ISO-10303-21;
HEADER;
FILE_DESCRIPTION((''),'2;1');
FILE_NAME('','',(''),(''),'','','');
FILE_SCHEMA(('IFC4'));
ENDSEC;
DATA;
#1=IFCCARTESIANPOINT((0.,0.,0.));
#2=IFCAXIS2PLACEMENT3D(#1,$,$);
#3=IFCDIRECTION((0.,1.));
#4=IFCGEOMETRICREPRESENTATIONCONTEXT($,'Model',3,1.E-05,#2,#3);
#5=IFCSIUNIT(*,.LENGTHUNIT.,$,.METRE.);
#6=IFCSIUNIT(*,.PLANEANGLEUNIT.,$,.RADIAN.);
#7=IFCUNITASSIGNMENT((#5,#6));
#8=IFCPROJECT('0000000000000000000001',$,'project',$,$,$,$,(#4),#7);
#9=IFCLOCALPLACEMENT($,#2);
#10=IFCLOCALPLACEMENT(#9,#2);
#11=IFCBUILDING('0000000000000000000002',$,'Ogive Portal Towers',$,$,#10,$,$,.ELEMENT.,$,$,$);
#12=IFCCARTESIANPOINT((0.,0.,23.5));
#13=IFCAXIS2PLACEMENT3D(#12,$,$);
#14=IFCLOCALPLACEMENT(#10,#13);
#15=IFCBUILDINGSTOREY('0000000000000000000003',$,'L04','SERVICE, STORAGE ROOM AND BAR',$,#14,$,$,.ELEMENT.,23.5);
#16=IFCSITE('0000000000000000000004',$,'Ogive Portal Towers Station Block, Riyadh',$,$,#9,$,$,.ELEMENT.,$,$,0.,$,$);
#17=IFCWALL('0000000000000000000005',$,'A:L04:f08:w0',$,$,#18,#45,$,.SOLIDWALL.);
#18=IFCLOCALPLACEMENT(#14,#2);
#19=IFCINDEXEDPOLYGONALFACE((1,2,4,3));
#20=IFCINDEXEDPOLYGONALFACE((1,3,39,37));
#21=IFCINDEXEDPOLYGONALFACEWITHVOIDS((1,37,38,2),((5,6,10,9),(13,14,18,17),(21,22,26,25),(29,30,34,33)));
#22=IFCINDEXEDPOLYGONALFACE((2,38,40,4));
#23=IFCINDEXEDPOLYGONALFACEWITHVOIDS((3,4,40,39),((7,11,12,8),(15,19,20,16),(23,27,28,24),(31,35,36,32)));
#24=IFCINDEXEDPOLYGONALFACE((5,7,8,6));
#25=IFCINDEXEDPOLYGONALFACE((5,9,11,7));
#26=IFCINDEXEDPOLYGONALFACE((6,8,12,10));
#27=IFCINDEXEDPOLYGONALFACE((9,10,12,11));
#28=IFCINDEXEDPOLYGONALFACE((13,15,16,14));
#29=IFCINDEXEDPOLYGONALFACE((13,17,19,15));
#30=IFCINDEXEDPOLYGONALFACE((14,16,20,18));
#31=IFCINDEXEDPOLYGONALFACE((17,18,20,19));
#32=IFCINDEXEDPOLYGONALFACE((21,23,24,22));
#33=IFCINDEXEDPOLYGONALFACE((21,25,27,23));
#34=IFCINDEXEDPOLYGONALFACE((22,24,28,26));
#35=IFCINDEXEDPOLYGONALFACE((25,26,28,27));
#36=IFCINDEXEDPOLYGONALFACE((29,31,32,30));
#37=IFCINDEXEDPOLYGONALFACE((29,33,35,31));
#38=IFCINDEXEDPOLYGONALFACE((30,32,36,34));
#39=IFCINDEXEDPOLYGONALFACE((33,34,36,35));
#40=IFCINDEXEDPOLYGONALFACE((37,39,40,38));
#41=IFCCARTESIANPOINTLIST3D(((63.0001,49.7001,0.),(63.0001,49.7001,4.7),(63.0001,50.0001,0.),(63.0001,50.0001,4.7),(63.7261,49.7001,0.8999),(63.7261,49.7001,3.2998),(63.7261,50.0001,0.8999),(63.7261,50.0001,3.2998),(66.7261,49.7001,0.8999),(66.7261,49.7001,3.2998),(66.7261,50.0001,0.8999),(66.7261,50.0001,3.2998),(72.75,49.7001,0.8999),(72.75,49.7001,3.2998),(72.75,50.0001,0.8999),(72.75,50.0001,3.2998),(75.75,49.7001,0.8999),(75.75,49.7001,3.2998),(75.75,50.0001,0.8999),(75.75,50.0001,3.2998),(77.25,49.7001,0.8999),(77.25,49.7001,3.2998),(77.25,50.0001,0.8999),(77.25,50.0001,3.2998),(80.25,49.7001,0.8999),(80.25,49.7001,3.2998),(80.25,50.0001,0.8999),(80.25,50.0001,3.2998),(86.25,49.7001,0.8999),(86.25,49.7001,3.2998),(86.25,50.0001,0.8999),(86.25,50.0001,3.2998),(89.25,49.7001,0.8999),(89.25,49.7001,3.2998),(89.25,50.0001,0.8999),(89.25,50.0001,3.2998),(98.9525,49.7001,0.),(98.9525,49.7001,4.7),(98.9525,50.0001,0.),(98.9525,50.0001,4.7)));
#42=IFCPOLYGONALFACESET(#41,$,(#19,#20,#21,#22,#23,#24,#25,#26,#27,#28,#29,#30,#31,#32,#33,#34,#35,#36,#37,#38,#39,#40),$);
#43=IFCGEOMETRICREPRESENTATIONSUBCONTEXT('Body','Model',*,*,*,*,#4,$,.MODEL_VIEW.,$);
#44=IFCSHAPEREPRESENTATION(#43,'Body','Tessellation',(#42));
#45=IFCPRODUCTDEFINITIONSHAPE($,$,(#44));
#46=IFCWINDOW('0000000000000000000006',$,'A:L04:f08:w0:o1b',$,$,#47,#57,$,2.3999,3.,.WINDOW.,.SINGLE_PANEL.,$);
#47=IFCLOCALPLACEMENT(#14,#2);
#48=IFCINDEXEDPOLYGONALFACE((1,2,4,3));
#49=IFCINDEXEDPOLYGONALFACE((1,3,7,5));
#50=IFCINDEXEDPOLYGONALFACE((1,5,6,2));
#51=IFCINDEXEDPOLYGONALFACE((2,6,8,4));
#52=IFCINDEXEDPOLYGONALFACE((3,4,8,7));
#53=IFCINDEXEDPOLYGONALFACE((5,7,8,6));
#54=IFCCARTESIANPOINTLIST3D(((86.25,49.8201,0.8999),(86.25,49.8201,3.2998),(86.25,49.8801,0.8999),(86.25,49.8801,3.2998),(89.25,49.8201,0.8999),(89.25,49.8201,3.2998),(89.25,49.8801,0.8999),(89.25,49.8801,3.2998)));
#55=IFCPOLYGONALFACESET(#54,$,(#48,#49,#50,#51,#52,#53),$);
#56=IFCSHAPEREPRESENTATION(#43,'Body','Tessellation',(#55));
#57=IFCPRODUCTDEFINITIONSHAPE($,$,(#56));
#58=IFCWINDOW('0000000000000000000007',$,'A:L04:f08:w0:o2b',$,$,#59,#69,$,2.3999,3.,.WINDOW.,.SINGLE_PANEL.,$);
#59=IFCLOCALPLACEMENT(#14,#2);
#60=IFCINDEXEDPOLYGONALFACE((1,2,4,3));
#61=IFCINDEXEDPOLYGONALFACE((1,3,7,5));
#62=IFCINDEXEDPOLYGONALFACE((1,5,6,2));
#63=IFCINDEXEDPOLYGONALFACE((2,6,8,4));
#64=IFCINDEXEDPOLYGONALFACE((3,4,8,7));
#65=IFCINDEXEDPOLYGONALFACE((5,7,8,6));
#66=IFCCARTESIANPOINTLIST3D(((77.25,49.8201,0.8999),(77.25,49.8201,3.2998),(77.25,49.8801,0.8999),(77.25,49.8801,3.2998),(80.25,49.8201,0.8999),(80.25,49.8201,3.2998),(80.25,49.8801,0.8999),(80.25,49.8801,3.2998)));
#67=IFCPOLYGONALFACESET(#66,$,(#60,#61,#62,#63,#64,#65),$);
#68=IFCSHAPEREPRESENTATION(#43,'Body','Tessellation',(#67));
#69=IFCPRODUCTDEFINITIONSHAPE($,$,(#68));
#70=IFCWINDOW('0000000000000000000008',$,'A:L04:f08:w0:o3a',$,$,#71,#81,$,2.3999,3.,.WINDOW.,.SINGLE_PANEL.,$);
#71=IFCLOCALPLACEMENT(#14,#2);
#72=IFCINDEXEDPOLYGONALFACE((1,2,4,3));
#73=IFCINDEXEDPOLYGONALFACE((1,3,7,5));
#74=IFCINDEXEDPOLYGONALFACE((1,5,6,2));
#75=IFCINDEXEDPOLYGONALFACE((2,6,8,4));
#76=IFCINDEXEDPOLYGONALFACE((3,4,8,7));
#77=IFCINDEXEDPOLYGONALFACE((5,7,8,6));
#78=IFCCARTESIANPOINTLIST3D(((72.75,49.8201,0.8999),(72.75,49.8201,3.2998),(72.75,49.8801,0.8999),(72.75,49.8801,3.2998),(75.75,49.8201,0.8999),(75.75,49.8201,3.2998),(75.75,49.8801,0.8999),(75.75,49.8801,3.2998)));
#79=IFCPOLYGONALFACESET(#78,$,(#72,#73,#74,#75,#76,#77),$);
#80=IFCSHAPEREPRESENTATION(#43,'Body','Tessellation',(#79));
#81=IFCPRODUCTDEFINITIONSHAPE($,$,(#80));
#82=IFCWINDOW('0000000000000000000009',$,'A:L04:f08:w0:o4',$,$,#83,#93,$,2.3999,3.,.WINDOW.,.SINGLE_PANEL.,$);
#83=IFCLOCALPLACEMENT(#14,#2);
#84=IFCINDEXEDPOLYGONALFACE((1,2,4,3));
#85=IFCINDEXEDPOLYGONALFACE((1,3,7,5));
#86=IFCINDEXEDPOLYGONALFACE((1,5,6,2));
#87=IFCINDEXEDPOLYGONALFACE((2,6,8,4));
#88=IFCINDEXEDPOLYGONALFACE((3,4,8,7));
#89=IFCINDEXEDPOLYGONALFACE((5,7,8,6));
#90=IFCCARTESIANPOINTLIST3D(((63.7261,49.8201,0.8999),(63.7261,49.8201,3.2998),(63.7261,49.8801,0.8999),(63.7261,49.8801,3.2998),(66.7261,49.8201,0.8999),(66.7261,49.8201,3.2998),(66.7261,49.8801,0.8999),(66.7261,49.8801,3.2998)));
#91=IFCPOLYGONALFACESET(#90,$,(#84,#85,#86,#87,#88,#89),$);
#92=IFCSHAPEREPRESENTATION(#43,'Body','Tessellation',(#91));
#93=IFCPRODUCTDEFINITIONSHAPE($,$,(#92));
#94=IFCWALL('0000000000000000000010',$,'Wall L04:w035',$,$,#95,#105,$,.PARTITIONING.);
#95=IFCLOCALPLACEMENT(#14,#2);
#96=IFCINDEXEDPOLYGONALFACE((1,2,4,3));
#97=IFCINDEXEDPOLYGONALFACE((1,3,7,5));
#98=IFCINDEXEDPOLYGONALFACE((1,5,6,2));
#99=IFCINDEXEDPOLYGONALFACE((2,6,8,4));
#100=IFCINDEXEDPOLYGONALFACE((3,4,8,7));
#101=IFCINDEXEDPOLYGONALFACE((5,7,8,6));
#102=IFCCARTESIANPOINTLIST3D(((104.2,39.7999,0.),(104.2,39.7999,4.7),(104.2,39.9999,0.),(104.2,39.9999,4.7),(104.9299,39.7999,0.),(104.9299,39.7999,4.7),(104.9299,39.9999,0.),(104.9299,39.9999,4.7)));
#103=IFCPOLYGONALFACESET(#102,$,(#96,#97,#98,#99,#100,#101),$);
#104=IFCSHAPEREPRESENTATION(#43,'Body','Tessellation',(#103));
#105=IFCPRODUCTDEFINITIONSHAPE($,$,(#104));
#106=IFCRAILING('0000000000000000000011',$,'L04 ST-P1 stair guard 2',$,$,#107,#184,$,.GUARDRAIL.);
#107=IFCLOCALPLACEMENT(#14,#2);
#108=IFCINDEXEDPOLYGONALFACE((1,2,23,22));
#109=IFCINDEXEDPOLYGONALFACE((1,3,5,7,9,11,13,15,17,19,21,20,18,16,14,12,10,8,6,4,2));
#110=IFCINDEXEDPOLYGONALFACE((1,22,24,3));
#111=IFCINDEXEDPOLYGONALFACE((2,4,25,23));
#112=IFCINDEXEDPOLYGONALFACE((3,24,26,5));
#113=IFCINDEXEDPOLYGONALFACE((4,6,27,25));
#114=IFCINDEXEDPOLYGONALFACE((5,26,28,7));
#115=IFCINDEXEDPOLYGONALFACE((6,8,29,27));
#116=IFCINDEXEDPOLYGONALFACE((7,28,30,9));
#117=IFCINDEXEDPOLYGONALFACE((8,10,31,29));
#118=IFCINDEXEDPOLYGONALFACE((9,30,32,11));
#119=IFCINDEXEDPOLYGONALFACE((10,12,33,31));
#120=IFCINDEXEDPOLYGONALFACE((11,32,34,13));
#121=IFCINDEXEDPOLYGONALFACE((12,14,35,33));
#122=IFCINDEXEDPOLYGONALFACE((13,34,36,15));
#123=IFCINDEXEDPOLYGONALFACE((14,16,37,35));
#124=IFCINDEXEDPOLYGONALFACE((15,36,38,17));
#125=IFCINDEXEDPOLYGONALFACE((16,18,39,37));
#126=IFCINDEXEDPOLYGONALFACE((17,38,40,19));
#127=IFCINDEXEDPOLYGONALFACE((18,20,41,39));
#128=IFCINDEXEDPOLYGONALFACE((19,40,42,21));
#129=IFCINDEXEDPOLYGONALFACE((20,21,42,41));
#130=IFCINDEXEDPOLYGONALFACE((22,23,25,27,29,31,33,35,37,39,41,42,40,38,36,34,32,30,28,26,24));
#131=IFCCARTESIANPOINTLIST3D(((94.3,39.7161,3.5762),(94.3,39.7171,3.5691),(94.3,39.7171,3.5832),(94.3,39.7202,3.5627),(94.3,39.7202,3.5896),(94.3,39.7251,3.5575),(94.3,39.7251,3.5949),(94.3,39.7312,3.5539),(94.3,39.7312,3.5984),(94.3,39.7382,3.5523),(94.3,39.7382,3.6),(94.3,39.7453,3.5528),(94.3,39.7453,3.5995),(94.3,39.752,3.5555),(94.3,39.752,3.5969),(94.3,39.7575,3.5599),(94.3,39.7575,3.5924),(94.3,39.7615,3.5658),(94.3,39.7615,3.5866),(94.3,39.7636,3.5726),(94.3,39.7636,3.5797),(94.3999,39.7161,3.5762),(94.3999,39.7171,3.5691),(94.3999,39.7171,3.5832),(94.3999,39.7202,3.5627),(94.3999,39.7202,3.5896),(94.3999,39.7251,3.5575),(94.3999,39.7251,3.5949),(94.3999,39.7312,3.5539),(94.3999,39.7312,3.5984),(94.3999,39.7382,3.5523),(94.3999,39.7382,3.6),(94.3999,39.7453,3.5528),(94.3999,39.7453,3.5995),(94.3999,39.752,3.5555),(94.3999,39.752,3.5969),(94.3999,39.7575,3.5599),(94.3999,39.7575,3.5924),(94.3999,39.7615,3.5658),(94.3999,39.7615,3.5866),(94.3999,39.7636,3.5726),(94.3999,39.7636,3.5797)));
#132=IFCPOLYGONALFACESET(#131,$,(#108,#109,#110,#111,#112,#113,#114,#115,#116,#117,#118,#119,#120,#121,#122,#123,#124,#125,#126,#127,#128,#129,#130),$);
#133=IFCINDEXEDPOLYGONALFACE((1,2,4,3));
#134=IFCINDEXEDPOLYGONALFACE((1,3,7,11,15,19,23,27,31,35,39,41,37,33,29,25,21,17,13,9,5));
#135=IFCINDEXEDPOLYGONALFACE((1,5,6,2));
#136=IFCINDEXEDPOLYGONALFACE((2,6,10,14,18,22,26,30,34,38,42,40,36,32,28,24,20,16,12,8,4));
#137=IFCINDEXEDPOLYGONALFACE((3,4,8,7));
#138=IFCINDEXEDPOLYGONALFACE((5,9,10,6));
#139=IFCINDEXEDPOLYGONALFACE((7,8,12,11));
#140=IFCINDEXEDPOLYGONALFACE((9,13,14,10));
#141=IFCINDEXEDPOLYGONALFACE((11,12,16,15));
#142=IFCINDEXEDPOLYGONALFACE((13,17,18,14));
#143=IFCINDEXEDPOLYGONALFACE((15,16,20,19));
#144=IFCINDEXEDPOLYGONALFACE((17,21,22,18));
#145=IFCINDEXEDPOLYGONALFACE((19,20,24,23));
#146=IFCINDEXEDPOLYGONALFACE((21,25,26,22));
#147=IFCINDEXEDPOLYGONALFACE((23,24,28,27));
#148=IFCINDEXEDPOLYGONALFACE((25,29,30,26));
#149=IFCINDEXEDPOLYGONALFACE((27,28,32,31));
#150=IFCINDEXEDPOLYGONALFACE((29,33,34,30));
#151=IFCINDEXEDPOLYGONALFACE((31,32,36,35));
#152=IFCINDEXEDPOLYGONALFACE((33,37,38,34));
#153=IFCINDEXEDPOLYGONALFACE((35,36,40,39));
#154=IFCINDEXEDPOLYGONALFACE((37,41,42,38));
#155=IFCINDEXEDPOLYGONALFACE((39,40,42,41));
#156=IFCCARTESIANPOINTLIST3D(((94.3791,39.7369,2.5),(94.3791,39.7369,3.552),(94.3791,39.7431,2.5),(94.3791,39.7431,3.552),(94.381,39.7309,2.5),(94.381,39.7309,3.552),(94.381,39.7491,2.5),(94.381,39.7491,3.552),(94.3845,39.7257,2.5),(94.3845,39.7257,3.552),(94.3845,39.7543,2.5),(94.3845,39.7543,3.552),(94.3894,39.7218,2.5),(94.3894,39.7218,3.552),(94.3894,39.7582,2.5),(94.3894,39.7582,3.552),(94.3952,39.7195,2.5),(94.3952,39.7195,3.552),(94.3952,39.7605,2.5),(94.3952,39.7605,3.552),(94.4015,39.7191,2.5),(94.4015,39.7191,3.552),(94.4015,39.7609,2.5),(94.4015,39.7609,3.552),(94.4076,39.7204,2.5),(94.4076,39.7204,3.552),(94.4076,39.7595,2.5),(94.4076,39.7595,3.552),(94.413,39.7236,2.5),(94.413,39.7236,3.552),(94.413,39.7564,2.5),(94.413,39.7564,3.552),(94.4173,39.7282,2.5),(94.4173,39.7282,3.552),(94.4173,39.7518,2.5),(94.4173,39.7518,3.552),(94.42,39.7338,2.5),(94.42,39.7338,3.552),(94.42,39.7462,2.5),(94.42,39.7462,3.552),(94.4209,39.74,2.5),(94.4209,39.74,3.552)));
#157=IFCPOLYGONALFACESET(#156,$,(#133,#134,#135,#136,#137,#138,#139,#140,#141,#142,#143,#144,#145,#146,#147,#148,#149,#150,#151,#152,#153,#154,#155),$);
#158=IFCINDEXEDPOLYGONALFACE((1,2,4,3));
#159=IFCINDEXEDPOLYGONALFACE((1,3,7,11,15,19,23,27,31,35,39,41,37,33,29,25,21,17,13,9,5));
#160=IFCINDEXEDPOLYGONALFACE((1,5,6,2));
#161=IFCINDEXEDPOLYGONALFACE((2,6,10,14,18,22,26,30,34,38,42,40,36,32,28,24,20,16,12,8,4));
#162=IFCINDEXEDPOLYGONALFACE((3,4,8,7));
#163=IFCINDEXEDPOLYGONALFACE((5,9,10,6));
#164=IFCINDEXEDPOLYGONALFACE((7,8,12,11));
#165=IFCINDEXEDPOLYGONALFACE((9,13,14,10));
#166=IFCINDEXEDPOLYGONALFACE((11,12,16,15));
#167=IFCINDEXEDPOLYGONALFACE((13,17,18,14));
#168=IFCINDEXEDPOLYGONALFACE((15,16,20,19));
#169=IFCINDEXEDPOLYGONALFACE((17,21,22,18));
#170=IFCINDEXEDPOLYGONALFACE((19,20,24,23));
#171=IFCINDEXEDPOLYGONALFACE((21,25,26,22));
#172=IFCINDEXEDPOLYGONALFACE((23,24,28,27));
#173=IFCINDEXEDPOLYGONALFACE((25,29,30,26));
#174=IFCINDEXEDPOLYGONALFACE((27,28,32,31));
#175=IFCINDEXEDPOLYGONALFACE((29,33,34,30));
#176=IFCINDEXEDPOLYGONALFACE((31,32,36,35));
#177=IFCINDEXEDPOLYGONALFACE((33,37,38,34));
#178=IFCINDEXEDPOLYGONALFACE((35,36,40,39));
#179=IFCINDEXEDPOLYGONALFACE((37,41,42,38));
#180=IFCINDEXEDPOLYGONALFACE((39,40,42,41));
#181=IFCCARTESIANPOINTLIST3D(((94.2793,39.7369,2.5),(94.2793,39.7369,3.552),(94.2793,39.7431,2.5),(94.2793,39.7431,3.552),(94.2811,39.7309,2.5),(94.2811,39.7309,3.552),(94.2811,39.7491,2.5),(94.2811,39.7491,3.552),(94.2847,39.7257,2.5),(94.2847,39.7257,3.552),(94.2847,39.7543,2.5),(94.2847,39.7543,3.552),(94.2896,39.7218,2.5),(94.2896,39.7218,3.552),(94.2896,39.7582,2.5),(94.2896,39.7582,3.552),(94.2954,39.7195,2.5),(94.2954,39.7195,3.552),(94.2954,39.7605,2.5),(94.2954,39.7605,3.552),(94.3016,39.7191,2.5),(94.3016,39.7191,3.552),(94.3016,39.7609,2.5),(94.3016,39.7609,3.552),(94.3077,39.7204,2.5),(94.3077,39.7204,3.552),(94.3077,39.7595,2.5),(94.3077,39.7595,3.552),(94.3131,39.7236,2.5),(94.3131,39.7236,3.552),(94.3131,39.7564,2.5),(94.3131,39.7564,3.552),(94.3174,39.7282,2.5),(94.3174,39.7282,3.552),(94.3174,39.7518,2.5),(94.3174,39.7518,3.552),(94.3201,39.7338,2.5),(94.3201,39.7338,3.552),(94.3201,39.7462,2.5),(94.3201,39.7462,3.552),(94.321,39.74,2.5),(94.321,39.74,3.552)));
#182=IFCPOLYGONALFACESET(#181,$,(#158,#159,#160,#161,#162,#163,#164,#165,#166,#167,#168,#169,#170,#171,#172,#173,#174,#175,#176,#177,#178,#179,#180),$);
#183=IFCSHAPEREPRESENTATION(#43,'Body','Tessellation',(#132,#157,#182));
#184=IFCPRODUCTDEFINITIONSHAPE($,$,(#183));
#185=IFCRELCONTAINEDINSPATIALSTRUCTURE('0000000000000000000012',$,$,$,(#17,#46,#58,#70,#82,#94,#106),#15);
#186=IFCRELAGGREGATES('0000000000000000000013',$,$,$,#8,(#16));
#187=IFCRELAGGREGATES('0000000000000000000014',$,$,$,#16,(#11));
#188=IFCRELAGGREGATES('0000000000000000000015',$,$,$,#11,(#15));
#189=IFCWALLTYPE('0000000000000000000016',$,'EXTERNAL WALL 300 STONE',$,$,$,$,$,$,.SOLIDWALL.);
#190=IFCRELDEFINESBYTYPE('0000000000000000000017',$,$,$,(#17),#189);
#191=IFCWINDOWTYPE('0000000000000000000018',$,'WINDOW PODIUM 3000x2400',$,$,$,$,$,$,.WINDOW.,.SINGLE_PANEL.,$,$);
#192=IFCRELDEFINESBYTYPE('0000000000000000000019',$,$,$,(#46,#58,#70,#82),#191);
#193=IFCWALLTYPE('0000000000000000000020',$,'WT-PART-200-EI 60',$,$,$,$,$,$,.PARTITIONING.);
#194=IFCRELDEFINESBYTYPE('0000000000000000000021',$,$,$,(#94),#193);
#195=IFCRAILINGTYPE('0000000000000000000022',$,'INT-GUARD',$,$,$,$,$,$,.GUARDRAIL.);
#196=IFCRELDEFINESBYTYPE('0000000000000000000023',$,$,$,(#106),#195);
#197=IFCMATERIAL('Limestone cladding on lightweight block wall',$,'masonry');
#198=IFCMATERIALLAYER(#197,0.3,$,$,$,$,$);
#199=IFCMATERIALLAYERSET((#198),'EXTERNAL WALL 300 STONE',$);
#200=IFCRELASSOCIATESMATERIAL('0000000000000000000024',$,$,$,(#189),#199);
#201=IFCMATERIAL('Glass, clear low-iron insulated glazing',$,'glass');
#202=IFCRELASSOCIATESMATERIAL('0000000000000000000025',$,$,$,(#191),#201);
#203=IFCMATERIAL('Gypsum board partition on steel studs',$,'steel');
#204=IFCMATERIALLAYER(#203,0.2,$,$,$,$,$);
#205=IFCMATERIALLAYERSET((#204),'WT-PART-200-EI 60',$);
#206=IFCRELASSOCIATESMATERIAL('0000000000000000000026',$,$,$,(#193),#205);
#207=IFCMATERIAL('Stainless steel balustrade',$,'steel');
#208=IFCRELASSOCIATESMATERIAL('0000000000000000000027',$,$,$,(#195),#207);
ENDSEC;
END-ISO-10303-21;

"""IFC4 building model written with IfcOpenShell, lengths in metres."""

from ifc_helpers import new_model, si_unit, direction, frame, frame_2d, origin, origin_2d, place, context, subcontext, project, spatial, rectangle, circle, extrude, material, layer, layer_set, type_object, element, fill, save


model = new_model("IFC4")

# Units and contexts
model_context = context("Model", 3, precision=1e-05, world=origin(), true_north=direction((0.0, 1.0)))
body_context = subcontext(model_context, "Body", "Model", "MODEL_VIEW")
ifc_project = project(units=[si_unit("LENGTHUNIT", "METRE"), si_unit("PLANEANGLEUNIT", "RADIAN")], contexts=[model_context])

# Site, building, storey
site_placement = place(None, origin())
site = spatial("IfcSite", under=ifc_project, at=site_placement, Name="Ogive Portal Towers Station Block, Riyadh", CompositionType="ELEMENT", RefElevation=0.0)
building_placement = place(site_placement, origin())
building = spatial("IfcBuilding", under=site, at=building_placement, Name="Ogive Portal Towers", CompositionType="ELEMENT")
storey_placement = place(building_placement, frame((0.0, 0.0, 23.5)))
storey = spatial("IfcBuildingStorey", under=building, at=storey_placement, Name="L04", Description="SERVICE, STORAGE ROOM AND BAR", CompositionType="ELEMENT", Elevation=23.5)

# Shared definitions
ifc_material_1 = material(Name="Limestone cladding on lightweight block wall", Category="masonry")
ifc_layer_1 = layer(ifc_material_1, 0.3)
ifc_layer_set_1 = layer_set([ifc_layer_1], Name="EXTERNAL WALL 300 STONE")
wall_type_1 = type_object("IfcWallType", Name="EXTERNAL WALL 300 STONE", PredefinedType="SOLIDWALL", material=ifc_layer_set_1)
ifc_material_2 = material(Name="Glass, clear low-iron insulated glazing", Category="glass")
window_type = type_object("IfcWindowType", Name="WINDOW PODIUM 3000x2400", PartitioningType="SINGLE_PANEL", PredefinedType="WINDOW", material=ifc_material_2)

# Wall, openings, windows
wall_1_placement = place(storey_placement, frame((98.9524, 49.8501, 0.0), z_axis=(0.0, 0.0, 1.0), x_axis=(-1.0, 0.0, 0.0)))
wall_1 = element("IfcWall", 1, at=wall_1_placement, inside=storey, type_object=wall_type_1, Name="A:L04:f08:w0", PredefinedType="SOLIDWALL", context=body_context, shape_type="SweptSolid", body=[
    extrude(rectangle(XDim=35.9524, YDim=0.3, at=frame_2d((17.9761, 0.0))), origin(), (0.0, 0.0, 1.0), 4.7),
])
opening_1_placement = place(wall_1_placement, frame((9.7024, 0.0, 0.8999)))
opening_1 = element("IfcOpeningElement", 2, at=opening_1_placement, cuts=wall_1, PredefinedType="OPENING", context=body_context, shape_type="SweptSolid", body=[
    extrude(rectangle(XDim=3.0, YDim=2.3999, at=frame_2d((1.5, 1.2))), frame((0.0, 0.1602, 0.0), z_axis=(0.0, -1.0, 0.0), x_axis=(1.0, 0.0, 0.0)), (0.0, 0.0, 1.0), 0.3201),
])
opening_2_placement = place(wall_1_placement, frame((18.7024, 0.0, 0.8999)))
opening_2 = element("IfcOpeningElement", 3, at=opening_2_placement, cuts=wall_1, PredefinedType="OPENING", context=body_context, shape_type="SweptSolid", body=[
    extrude(rectangle(XDim=3.0, YDim=2.3999, at=frame_2d((1.5, 1.2))), frame((0.0, 0.1602, 0.0), z_axis=(0.0, -1.0, 0.0), x_axis=(1.0, 0.0, 0.0)), (0.0, 0.0, 1.0), 0.3201),
])
opening_3_placement = place(wall_1_placement, frame((23.2024, 0.0, 0.8999)))
opening_3 = element("IfcOpeningElement", 4, at=opening_3_placement, cuts=wall_1, PredefinedType="OPENING", context=body_context, shape_type="SweptSolid", body=[
    extrude(rectangle(XDim=3.0, YDim=2.3999, at=frame_2d((1.5, 1.2))), frame((0.0, 0.1602, 0.0), z_axis=(0.0, -1.0, 0.0), x_axis=(1.0, 0.0, 0.0)), (0.0, 0.0, 1.0), 0.3201),
])
opening_4_placement = place(wall_1_placement, frame((32.2263, 0.0, 0.8999)))
opening_4 = element("IfcOpeningElement", 5, at=opening_4_placement, cuts=wall_1, PredefinedType="OPENING", context=body_context, shape_type="SweptSolid", body=[
    extrude(rectangle(XDim=3.0, YDim=2.3999, at=frame_2d((1.5, 1.2))), frame((0.0, 0.1602, 0.0), z_axis=(0.0, -1.0, 0.0), x_axis=(1.0, 0.0, 0.0)), (0.0, 0.0, 1.0), 0.3201),
])
window_1_placement = place(opening_1_placement, origin())
window_1 = element("IfcWindow", 6, at=window_1_placement, inside=storey, type_object=window_type, Name="A:L04:f08:w0:o1b", OverallHeight=2.3999, OverallWidth=3.0, PartitioningType="SINGLE_PANEL", PredefinedType="WINDOW", context=body_context, shape_type="SweptSolid", body=[
    extrude(rectangle(XDim=3.0, YDim=2.3999, at=frame_2d((1.5, 1.2))), frame((0.0, 0.03, 0.0), z_axis=(0.0, -1.0, 0.0), x_axis=(1.0, 0.0, 0.0)), (0.0, 0.0, 1.0), 0.0601),
])
fill(opening_1, window_1)
window_2_placement = place(opening_2_placement, origin())
window_2 = element("IfcWindow", 7, at=window_2_placement, inside=storey, type_object=window_type, Name="A:L04:f08:w0:o2b", OverallHeight=2.3999, OverallWidth=3.0, PartitioningType="SINGLE_PANEL", PredefinedType="WINDOW", context=body_context, shape_type="SweptSolid", body=[
    extrude(rectangle(XDim=3.0, YDim=2.3999, at=frame_2d((1.5, 1.2))), frame((0.0, 0.03, 0.0), z_axis=(0.0, -1.0, 0.0), x_axis=(1.0, 0.0, 0.0)), (0.0, 0.0, 1.0), 0.0601),
])
fill(opening_2, window_2)
window_3_placement = place(opening_3_placement, origin())
window_3 = element("IfcWindow", 8, at=window_3_placement, inside=storey, type_object=window_type, Name="A:L04:f08:w0:o3a", OverallHeight=2.3999, OverallWidth=3.0, PartitioningType="SINGLE_PANEL", PredefinedType="WINDOW", context=body_context, shape_type="SweptSolid", body=[
    extrude(rectangle(XDim=3.0, YDim=2.3999, at=frame_2d((1.5, 1.2))), frame((0.0, 0.03, 0.0), z_axis=(0.0, -1.0, 0.0), x_axis=(1.0, 0.0, 0.0)), (0.0, 0.0, 1.0), 0.0601),
])
fill(opening_3, window_3)
window_4_placement = place(opening_4_placement, origin())
window_4 = element("IfcWindow", 9, at=window_4_placement, inside=storey, type_object=window_type, Name="A:L04:f08:w0:o4", OverallHeight=2.3999, OverallWidth=3.0, PartitioningType="SINGLE_PANEL", PredefinedType="WINDOW", context=body_context, shape_type="SweptSolid", body=[
    extrude(rectangle(XDim=3.0, YDim=2.3999, at=frame_2d((1.5, 1.2))), frame((0.0, 0.03, 0.0), z_axis=(0.0, -1.0, 0.0), x_axis=(1.0, 0.0, 0.0)), (0.0, 0.0, 1.0), 0.0601),
])
fill(opening_4, window_4)

# Wall
ifc_material_3 = material(Name="Gypsum board partition on steel studs", Category="steel")
ifc_layer_2 = layer(ifc_material_3, 0.2)
ifc_layer_set_2 = layer_set([ifc_layer_2], Name="WT-PART-200-EI 60")
wall_type_2 = type_object("IfcWallType", Name="WT-PART-200-EI 60", PredefinedType="PARTITIONING", material=ifc_layer_set_2)
wall_2_placement = place(storey_placement, frame((104.2, 39.8999, 0.0), z_axis=(0.0, 0.0, 1.0), x_axis=(1.0, 0.0, 0.0)))
element("IfcWall", 10, at=wall_2_placement, inside=storey, type_object=wall_type_2, Name="Wall L04:w035", PredefinedType="PARTITIONING", context=body_context, shape_type="SweptSolid", body=[
    extrude(rectangle(XDim=0.73, YDim=0.2, at=frame_2d((0.365, 0.0))), origin(), (0.0, 0.0, 1.0), 4.7),
])

# Railing
ifc_material_4 = material(Name="Stainless steel balustrade", Category="steel")
railing_type = type_object("IfcRailingType", Name="INT-GUARD", PredefinedType="GUARDRAIL", material=ifc_material_4)
railing_1_placement = place(storey_placement, frame((94.3999, 39.74, 2.5)))
element("IfcRailing", 11, at=railing_1_placement, inside=storey, type_object=railing_type, Name="L04 ST-P1 stair guard 2", PredefinedType="GUARDRAIL", context=body_context, shape_type="SweptSolid", body=[
    extrude(circle(Radius=0.0239, at=origin_2d()), frame((0.0, 0.0, 1.0762), z_axis=(-1.0, 0.0, 0.0), x_axis=(0.0, -1.0, 0.0)), (0.0, 0.0, 1.0), 0.0999),
    extrude(circle(Radius=0.021, at=origin_2d()), origin(), (0.0, 0.0, 1.0), 1.052),
    extrude(circle(Radius=0.021, at=origin_2d()), frame((-0.0999, 0.0, 0.0)), (0.0, 0.0, 1.0), 1.052),
])

save(model, "model.ifc")
